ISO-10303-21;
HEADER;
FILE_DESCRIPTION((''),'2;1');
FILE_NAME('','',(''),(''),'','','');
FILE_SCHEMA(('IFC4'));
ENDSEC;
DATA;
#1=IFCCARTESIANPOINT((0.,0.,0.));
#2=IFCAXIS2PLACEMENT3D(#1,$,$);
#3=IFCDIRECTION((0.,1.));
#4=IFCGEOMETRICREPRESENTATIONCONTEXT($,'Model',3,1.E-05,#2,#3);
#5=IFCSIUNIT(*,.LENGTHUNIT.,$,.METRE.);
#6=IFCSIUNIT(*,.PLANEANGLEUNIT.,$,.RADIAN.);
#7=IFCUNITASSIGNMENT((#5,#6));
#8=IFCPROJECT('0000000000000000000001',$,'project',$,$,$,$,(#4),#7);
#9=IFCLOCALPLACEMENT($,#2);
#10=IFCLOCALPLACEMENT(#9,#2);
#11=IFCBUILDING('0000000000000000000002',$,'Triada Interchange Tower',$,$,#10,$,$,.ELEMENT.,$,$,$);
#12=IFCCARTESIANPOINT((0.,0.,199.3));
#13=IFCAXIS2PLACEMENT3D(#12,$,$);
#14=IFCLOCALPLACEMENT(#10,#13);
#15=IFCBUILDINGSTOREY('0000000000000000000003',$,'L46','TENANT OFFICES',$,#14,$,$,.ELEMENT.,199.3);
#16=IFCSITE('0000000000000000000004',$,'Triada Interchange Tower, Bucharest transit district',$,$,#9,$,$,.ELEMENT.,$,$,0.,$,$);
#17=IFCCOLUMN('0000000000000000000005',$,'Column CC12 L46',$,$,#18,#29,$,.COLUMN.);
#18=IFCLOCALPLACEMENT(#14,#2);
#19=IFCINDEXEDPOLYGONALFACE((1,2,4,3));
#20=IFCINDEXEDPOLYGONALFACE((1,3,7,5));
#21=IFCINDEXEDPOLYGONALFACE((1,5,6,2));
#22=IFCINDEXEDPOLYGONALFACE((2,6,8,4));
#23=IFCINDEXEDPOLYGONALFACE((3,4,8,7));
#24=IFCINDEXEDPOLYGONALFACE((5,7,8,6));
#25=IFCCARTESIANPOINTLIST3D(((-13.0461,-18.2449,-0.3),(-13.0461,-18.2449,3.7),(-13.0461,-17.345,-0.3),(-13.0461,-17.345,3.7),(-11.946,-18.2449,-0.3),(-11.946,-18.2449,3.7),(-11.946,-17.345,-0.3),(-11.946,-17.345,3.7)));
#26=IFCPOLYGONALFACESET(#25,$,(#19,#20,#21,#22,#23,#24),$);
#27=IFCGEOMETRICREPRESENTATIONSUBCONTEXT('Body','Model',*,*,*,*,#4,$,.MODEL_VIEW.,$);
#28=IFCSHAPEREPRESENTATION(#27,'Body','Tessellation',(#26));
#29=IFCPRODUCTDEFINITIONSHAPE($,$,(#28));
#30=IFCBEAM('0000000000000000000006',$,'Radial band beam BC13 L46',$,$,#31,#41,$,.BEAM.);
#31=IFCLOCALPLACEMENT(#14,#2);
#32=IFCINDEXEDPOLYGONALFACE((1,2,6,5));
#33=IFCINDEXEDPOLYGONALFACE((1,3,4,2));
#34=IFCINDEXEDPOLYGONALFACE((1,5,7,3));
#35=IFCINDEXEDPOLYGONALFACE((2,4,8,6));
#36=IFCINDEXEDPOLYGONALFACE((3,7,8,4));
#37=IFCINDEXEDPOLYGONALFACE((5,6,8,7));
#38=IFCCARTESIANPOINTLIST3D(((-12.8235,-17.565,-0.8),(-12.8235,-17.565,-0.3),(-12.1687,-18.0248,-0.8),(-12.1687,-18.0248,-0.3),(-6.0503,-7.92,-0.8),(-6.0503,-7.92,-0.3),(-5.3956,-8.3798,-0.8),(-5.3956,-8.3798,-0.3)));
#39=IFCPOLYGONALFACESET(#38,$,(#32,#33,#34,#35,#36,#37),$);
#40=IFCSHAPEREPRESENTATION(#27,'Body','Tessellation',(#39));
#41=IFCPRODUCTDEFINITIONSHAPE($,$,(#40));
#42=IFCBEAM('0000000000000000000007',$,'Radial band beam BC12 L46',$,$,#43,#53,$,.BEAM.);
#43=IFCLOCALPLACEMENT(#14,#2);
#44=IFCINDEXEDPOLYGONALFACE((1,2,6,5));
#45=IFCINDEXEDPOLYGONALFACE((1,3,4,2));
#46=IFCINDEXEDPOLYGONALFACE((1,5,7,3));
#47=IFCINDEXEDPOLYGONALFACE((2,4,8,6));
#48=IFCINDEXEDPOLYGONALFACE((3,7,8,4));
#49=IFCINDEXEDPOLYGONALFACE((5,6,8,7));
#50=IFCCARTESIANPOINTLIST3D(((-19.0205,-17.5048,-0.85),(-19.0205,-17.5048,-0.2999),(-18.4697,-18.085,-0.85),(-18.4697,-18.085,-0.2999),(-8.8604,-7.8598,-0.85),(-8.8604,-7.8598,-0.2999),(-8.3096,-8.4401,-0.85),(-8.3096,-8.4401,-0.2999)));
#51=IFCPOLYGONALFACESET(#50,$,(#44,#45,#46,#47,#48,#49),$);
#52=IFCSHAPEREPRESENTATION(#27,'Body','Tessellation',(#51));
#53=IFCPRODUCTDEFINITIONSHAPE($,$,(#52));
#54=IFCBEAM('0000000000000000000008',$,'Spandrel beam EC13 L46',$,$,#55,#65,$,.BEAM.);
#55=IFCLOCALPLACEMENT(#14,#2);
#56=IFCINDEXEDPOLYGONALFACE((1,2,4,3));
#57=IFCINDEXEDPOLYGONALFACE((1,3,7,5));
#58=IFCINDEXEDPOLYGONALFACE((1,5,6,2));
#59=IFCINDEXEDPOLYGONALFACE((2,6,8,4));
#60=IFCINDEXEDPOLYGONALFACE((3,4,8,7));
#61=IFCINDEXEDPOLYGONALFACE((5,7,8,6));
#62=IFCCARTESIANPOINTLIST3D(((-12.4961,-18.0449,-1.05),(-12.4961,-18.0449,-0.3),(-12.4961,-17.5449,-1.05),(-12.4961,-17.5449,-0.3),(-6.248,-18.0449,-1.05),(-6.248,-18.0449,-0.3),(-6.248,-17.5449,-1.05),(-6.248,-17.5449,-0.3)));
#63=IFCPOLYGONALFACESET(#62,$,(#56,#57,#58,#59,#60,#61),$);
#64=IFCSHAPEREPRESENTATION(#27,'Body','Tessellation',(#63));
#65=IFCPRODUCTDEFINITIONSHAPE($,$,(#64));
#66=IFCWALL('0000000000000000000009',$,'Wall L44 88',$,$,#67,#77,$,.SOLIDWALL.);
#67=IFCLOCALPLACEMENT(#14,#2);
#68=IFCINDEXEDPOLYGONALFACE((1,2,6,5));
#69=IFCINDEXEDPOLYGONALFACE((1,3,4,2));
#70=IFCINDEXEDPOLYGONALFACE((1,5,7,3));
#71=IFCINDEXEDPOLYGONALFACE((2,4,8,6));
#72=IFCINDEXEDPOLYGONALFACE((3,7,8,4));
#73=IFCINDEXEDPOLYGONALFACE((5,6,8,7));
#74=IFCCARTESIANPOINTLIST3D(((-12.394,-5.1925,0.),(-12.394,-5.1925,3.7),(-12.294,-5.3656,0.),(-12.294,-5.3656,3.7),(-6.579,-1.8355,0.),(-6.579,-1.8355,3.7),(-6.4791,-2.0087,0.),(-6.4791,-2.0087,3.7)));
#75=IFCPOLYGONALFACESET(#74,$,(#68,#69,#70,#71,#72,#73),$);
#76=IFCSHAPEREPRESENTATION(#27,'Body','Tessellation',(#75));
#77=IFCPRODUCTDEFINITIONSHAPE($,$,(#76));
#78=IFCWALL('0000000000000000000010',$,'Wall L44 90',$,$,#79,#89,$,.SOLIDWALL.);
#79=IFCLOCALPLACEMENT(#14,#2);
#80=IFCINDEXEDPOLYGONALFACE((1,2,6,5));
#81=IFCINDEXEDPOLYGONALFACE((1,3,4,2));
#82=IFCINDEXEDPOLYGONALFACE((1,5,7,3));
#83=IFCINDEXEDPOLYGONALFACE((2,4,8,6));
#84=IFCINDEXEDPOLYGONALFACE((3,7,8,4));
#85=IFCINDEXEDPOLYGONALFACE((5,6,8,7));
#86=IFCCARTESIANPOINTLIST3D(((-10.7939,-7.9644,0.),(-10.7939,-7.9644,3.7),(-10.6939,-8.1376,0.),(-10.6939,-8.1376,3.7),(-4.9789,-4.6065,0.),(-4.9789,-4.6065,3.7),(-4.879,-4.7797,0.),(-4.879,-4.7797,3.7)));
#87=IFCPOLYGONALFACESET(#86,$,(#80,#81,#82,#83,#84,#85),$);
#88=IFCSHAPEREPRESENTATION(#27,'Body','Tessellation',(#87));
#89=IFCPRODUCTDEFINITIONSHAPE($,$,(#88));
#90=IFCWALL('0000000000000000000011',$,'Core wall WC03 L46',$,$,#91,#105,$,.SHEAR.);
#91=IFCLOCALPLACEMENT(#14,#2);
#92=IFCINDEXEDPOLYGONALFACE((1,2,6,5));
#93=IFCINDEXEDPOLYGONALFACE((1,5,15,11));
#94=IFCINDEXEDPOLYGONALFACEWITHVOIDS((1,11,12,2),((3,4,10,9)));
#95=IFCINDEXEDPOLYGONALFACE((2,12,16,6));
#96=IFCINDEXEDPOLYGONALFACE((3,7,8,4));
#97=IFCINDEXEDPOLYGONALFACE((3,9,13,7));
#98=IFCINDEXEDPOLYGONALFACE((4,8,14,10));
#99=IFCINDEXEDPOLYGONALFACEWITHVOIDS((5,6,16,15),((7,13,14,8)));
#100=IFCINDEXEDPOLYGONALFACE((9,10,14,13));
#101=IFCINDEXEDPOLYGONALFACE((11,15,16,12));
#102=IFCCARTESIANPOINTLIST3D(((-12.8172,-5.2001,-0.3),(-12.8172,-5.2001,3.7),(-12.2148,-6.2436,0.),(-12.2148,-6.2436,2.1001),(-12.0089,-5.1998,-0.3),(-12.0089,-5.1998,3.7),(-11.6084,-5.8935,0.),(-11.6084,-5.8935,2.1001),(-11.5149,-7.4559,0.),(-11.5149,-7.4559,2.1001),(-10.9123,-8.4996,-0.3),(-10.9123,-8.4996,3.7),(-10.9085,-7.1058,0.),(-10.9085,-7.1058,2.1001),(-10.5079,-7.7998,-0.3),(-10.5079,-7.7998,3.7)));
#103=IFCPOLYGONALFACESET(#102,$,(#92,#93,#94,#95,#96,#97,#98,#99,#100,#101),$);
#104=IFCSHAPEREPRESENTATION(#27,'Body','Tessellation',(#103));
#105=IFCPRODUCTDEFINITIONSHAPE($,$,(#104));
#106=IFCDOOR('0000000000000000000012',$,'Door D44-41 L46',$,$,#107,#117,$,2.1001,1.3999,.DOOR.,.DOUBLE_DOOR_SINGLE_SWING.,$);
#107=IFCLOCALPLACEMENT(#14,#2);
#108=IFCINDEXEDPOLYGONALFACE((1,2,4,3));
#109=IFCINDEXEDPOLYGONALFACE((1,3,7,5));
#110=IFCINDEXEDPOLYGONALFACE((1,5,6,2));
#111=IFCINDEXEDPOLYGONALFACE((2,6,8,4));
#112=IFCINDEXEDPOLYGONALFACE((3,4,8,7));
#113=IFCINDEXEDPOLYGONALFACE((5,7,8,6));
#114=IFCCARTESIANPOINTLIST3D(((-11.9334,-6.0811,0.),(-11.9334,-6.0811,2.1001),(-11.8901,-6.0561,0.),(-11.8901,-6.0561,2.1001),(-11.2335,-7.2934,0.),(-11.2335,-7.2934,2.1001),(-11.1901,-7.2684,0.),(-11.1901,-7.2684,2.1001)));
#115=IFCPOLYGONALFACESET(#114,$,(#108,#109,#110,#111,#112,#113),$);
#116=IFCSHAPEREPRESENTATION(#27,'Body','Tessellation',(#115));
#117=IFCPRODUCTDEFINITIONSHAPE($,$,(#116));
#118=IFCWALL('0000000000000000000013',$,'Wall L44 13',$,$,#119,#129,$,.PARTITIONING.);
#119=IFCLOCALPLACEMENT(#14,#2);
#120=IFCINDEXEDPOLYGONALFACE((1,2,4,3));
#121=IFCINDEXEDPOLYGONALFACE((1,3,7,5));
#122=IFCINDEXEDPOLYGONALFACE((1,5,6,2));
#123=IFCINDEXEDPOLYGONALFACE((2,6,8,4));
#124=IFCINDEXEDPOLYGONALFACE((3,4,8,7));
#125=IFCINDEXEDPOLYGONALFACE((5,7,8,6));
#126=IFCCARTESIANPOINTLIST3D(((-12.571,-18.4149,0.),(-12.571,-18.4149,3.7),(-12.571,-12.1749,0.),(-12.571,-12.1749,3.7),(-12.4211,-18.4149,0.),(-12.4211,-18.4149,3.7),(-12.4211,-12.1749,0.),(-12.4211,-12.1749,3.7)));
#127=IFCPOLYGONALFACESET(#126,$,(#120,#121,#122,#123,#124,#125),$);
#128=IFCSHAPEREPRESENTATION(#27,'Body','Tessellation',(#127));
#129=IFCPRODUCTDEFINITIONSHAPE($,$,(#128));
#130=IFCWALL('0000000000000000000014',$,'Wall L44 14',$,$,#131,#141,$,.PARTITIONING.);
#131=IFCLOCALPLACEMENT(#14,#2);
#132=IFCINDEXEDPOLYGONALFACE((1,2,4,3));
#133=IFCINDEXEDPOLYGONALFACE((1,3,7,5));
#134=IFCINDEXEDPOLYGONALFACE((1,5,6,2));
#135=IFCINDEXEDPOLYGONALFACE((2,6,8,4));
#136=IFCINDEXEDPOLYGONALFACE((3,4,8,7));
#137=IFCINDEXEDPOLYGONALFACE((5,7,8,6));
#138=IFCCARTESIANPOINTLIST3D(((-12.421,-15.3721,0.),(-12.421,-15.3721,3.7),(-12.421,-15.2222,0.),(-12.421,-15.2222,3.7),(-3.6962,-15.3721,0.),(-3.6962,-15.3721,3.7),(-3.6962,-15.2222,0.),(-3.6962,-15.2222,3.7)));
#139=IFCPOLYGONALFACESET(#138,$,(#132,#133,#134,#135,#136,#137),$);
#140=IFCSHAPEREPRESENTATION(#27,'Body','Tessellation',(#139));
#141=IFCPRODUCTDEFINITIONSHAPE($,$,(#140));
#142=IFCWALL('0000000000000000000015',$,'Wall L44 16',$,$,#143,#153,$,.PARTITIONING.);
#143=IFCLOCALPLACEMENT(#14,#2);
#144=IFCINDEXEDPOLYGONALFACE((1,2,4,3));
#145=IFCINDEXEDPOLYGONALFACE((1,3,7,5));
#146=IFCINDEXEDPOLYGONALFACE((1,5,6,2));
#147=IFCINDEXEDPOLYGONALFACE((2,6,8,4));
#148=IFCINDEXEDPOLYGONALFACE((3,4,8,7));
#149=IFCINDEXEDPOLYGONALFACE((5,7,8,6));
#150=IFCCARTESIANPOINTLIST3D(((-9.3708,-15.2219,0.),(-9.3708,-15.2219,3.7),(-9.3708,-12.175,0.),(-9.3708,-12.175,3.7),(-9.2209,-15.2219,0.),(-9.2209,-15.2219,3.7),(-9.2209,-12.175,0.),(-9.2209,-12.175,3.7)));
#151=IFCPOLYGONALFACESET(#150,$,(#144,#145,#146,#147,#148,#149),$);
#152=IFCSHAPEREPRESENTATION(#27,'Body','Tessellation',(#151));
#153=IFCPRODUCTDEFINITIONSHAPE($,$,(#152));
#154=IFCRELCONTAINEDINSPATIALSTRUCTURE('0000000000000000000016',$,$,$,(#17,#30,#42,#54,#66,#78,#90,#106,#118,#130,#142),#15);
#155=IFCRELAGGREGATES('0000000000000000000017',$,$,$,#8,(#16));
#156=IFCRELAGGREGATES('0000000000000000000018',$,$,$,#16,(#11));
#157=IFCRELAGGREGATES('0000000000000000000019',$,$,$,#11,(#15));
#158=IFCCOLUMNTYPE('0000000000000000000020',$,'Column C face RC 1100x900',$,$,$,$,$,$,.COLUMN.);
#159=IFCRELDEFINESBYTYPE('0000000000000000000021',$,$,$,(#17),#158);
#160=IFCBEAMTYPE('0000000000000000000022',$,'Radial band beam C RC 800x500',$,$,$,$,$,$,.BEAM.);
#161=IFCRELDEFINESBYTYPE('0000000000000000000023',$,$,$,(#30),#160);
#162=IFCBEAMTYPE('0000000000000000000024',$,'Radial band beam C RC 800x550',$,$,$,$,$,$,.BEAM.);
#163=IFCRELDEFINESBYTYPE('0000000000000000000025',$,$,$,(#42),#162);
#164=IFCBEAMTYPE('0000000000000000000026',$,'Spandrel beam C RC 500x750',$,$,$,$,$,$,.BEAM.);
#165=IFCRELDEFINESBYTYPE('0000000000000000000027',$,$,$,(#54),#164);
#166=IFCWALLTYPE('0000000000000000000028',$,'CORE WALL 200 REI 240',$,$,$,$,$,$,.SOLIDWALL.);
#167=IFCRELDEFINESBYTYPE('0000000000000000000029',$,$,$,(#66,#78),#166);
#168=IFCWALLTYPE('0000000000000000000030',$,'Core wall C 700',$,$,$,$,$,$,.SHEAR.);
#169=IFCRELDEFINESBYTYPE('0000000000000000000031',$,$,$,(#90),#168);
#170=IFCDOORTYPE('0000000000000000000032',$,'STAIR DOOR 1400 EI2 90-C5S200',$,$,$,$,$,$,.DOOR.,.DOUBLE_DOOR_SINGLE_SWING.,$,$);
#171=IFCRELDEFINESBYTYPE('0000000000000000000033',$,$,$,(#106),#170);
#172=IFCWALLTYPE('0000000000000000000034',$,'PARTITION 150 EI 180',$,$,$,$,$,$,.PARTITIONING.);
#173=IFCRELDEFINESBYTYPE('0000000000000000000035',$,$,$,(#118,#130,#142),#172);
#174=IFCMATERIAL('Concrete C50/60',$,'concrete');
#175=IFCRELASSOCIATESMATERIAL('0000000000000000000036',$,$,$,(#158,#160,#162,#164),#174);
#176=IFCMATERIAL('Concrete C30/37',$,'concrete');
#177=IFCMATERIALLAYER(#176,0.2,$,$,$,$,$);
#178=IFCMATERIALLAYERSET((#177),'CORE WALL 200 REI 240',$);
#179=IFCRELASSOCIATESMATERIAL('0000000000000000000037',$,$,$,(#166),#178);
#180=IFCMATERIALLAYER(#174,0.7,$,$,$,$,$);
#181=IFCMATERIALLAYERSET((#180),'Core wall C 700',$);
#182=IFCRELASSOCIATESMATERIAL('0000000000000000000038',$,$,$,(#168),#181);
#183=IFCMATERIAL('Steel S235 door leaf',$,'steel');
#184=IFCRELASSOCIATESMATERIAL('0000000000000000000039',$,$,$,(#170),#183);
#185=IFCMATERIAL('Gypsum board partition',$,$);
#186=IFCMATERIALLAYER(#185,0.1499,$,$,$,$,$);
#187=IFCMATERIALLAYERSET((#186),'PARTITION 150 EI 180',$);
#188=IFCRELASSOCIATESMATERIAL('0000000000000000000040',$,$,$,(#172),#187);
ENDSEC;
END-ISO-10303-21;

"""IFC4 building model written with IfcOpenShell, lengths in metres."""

from ifc_helpers import new_model, si_unit, direction, frame, frame_2d, origin, origin_2d, place, context, subcontext, project, spatial, polyline, rectangle, outline, extrude, material, layer, layer_set, material_profile, profile_set, type_object, element, fill, save


model = new_model("IFC4")

# Units and contexts
model_context = context("Model", 3, precision=1e-05, world=origin(), true_north=direction((0.0, 1.0)))
body_context = subcontext(model_context, "Body", "Model", "MODEL_VIEW")
ifc_project = project(units=[si_unit("LENGTHUNIT", "METRE"), si_unit("PLANEANGLEUNIT", "RADIAN")], contexts=[model_context])

# Site, building, storey
site_placement = place(None, origin())
site = spatial("IfcSite", under=ifc_project, at=site_placement, Name="Triada Interchange Tower, Bucharest transit district", CompositionType="ELEMENT", RefElevation=0.0)
building_placement = place(site_placement, origin())
building = spatial("IfcBuilding", under=site, at=building_placement, Name="Triada Interchange Tower", CompositionType="ELEMENT")
storey_placement = place(building_placement, frame((0.0, 0.0, 199.3)))
storey = spatial("IfcBuildingStorey", under=building, at=storey_placement, Name="L46", Description="TENANT OFFICES", CompositionType="ELEMENT", Elevation=199.3)

# Column
ifc_material_1 = material(Name="Concrete C50/60", Category="concrete")
ifc_material_profile_1 = material_profile(ifc_material_1, rectangle(XDim=1.1001, YDim=0.8999, at=origin_2d()), Name="RC 1100x900")
ifc_profile_set_1 = profile_set([ifc_material_profile_1], Name="Concrete C50/60")
column_type = type_object("IfcColumnType", Name="Column C face RC 1100x900", PredefinedType="COLUMN", material=ifc_profile_set_1)
column_placement = place(storey_placement, frame((-12.4961, -17.7949, -0.3), z_axis=(0.0, 0.0, 1.0), x_axis=(1.0, 0.0, 0.0)))
element("IfcColumn", 1, at=column_placement, inside=storey, type_object=column_type, Name="Column CC12 L46", PredefinedType="COLUMN", context=body_context, shape_type="SweptSolid", body=[
    extrude(rectangle(XDim=1.1001, YDim=0.8999, at=origin_2d()), origin(), (0.0, 0.0, 1.0), 4.0),
])

# Beams
ifc_material_profile_2 = material_profile(ifc_material_1, rectangle(XDim=0.8, YDim=0.5, at=origin_2d()), Name="RC 800x500")
ifc_profile_set_2 = profile_set([ifc_material_profile_2], Name="Concrete C50/60")
beam_type_1 = type_object("IfcBeamType", Name="Radial band beam C RC 800x500", PredefinedType="BEAM", material=ifc_profile_set_2)
beam_1_placement = place(storey_placement, frame((-12.4961, -17.7949, -0.55), z_axis=(0.574696, 0.818367, 0.0), x_axis=(-0.818367, 0.574696, 0.0)))
element("IfcBeam", 2, at=beam_1_placement, inside=storey, type_object=beam_type_1, Name="Radial band beam BC13 L46", PredefinedType="BEAM", context=body_context, shape_type="SweptSolid", body=[
    extrude(rectangle(XDim=0.8, YDim=0.5, at=origin_2d()), origin(), (0.0, 0.0, 1.0), 11.7856),
])
ifc_material_profile_3 = material_profile(ifc_material_1, rectangle(XDim=0.8, YDim=0.55, at=origin_2d()), Name="RC 800x550")
ifc_profile_set_3 = profile_set([ifc_material_profile_3], Name="Concrete C50/60")
beam_type_2 = type_object("IfcBeamType", Name="Radial band beam C RC 800x550", PredefinedType="BEAM", material=ifc_profile_set_3)
beam_2_placement = place(storey_placement, frame((-18.7451, -17.7949, -0.575), z_axis=(0.725253, 0.688482, 0.0), x_axis=(-0.688482, 0.725253, 0.0)))
element("IfcBeam", 3, at=beam_2_placement, inside=storey, type_object=beam_type_2, Name="Radial band beam BC12 L46", PredefinedType="BEAM", context=body_context, shape_type="SweptSolid", body=[
    extrude(rectangle(XDim=0.8, YDim=0.55, at=origin_2d()), origin(), (0.0, 0.0, 1.0), 14.009),
])
ifc_material_profile_4 = material_profile(ifc_material_1, rectangle(XDim=0.5, YDim=0.75, at=origin_2d()), Name="RC 500x750")
ifc_profile_set_4 = profile_set([ifc_material_profile_4], Name="Concrete C50/60")
beam_type_3 = type_object("IfcBeamType", Name="Spandrel beam C RC 500x750", PredefinedType="BEAM", material=ifc_profile_set_4)
beam_3_placement = place(storey_placement, frame((-12.4961, -17.7949, -0.675), z_axis=(1.0, 0.0, 0.0), x_axis=(0.0, 1.0, 0.0)))
element("IfcBeam", 4, at=beam_3_placement, inside=storey, type_object=beam_type_3, Name="Spandrel beam EC13 L46", PredefinedType="BEAM", context=body_context, shape_type="SweptSolid", body=[
    extrude(rectangle(XDim=0.5, YDim=0.75, at=origin_2d()), origin(), (0.0, 0.0, 1.0), 6.248),
])

# Walls
ifc_material_2 = material(Name="Concrete C30/37", Category="concrete")
ifc_layer_1 = layer(ifc_material_2, 0.2)
ifc_layer_set_1 = layer_set([ifc_layer_1], Name="CORE WALL 200 REI 240")
wall_type_1 = type_object("IfcWallType", Name="CORE WALL 200 REI 240", PredefinedType="SOLIDWALL", material=ifc_layer_set_1)
wall_1_placement = place(storey_placement, frame((-12.344, -5.2791, 0.0), z_axis=(0.0, 0.0, 1.0), x_axis=(0.866046, 0.499964, 0.0)))
element("IfcWall", 5, at=wall_1_placement, inside=storey, type_object=wall_type_1, Name="Wall L44 88", PredefinedType="SOLIDWALL", context=body_context, shape_type="SweptSolid", body=[
    extrude(rectangle(XDim=6.7144, YDim=0.2, at=frame_2d((3.3572, 0.0))), origin(), (0.0, 0.0, 1.0), 3.7),
])
wall_2_placement = place(storey_placement, frame((-10.7439, -8.051, 0.0), z_axis=(0.0, 0.0, 1.0), x_axis=(0.865983, 0.500073, 0.0)))
element("IfcWall", 6, at=wall_2_placement, inside=storey, type_object=wall_type_1, Name="Wall L44 90", PredefinedType="SOLIDWALL", context=body_context, shape_type="SweptSolid", body=[
    extrude(rectangle(XDim=6.7148, YDim=0.2, at=frame_2d((3.3574, 0.0))), origin(), (0.0, 0.0, 1.0), 3.7),
])

# Wall, opening, door
ifc_layer_2 = layer(ifc_material_1, 0.7)
ifc_layer_set_2 = layer_set([ifc_layer_2], Name="Core wall C 700")
wall_type_2 = type_object("IfcWallType", Name="Core wall C 700", PredefinedType="SHEAR", material=ifc_layer_set_2)
wall_3_placement = place(storey_placement, frame((-12.4131, -5.2, -0.3), z_axis=(0.0, 0.0, 1.0), x_axis=(0.499993, -0.866029, 0.0)))
wall_3 = element("IfcWall", 7, at=wall_3_placement, inside=storey, type_object=wall_type_2, Name="Core wall WC03 L46", PredefinedType="SHEAR", context=body_context, shape_type="SweptSolid", body=[
    extrude(outline(polyline([(-0.2019, -0.3501), (1.7031, -0.3501), (3.6079, -0.3501), (3.2041, 0.3501), (1.7031, 0.3501), (0.2019, 0.3501), (-0.2019, -0.3501)])), origin(), (0.0, 0.0, 1.0), 4.0),
])
opening_1_placement = place(wall_3_placement, frame((1.0029, 0.0, 0.3)))
opening_1 = element("IfcOpeningElement", 8, at=opening_1_placement, cuts=wall_3, PredefinedType="OPENING", context=body_context, shape_type="SweptSolid", body=[
    extrude(rectangle(XDim=1.3999, YDim=2.1001, at=frame_2d((0.7, 1.05))), frame((0.0, 0.3601, 0.0), z_axis=(0.0, -1.0, 0.0), x_axis=(1.0, 0.0, 0.0)), (0.0, 0.0, 1.0), 0.7202),
])
ifc_material_3 = material(Name="Steel S235 door leaf", Category="steel")
door_type_1 = type_object("IfcDoorType", Name="STAIR DOOR 1400 EI2 90-C5S200", OperationType="DOUBLE_DOOR_SINGLE_SWING", PredefinedType="DOOR", material=ifc_material_3)
door_1_placement = place(opening_1_placement, origin())
door_1 = element("IfcDoor", 9, at=door_1_placement, inside=storey, type_object=door_type_1, Name="Door D44-41 L46", OperationType="DOUBLE_DOOR_SINGLE_SWING", OverallHeight=2.1001, OverallWidth=1.3999, PredefinedType="DOOR", context=body_context, shape_type="SweptSolid", body=[
    extrude(rectangle(XDim=1.3999, YDim=2.1001, at=frame_2d((0.7, 1.05))), frame((0.0, 0.0249, 0.0), z_axis=(0.0, -1.0, 0.0), x_axis=(1.0, 0.0, 0.0)), (0.0, 0.0, 1.0), 0.05),
])
fill(opening_1, door_1)

# Walls
ifc_material_4 = material(Name="Gypsum board partition")
ifc_layer_3 = layer(ifc_material_4, 0.1499)
ifc_layer_set_3 = layer_set([ifc_layer_3], Name="PARTITION 150 EI 180")
wall_type_3 = type_object("IfcWallType", Name="PARTITION 150 EI 180", PredefinedType="PARTITIONING", material=ifc_layer_set_3)
wall_4_placement = place(storey_placement, frame((-12.4961, -18.415, 0.0), z_axis=(0.0, 0.0, 1.0), x_axis=(0.0, 1.0, 0.0)))
element("IfcWall", 10, at=wall_4_placement, inside=storey, type_object=wall_type_3, Name="Wall L44 13", PredefinedType="PARTITIONING", context=body_context, shape_type="SweptSolid", body=[
    extrude(rectangle(XDim=6.24, YDim=0.1499, at=frame_2d((3.1201, 0.0))), origin(), (0.0, 0.0, 1.0), 3.7),
])
wall_5_placement = place(storey_placement, frame((-12.4209, -15.2971, 0.0), z_axis=(0.0, 0.0, 1.0), x_axis=(1.0, 0.0, 0.0)))
element("IfcWall", 11, at=wall_5_placement, inside=storey, type_object=wall_type_3, Name="Wall L44 14", PredefinedType="PARTITIONING", context=body_context, shape_type="SweptSolid", body=[
    extrude(rectangle(XDim=8.7249, YDim=0.1499, at=frame_2d((4.3623, 0.0))), origin(), (0.0, 0.0, 1.0), 3.7),
])
wall_6_placement = place(storey_placement, frame((-9.2959, -15.2219, 0.0), z_axis=(0.0, 0.0, 1.0), x_axis=(0.0, 1.0, 0.0)))
element("IfcWall", 12, at=wall_6_placement, inside=storey, type_object=wall_type_3, Name="Wall L44 16", PredefinedType="PARTITIONING", context=body_context, shape_type="SweptSolid", body=[
    extrude(rectangle(XDim=3.0469, YDim=0.1499, at=frame_2d((1.5234, 0.0))), origin(), (0.0, 0.0, 1.0), 3.7),
])

save(model, "model.ifc")
